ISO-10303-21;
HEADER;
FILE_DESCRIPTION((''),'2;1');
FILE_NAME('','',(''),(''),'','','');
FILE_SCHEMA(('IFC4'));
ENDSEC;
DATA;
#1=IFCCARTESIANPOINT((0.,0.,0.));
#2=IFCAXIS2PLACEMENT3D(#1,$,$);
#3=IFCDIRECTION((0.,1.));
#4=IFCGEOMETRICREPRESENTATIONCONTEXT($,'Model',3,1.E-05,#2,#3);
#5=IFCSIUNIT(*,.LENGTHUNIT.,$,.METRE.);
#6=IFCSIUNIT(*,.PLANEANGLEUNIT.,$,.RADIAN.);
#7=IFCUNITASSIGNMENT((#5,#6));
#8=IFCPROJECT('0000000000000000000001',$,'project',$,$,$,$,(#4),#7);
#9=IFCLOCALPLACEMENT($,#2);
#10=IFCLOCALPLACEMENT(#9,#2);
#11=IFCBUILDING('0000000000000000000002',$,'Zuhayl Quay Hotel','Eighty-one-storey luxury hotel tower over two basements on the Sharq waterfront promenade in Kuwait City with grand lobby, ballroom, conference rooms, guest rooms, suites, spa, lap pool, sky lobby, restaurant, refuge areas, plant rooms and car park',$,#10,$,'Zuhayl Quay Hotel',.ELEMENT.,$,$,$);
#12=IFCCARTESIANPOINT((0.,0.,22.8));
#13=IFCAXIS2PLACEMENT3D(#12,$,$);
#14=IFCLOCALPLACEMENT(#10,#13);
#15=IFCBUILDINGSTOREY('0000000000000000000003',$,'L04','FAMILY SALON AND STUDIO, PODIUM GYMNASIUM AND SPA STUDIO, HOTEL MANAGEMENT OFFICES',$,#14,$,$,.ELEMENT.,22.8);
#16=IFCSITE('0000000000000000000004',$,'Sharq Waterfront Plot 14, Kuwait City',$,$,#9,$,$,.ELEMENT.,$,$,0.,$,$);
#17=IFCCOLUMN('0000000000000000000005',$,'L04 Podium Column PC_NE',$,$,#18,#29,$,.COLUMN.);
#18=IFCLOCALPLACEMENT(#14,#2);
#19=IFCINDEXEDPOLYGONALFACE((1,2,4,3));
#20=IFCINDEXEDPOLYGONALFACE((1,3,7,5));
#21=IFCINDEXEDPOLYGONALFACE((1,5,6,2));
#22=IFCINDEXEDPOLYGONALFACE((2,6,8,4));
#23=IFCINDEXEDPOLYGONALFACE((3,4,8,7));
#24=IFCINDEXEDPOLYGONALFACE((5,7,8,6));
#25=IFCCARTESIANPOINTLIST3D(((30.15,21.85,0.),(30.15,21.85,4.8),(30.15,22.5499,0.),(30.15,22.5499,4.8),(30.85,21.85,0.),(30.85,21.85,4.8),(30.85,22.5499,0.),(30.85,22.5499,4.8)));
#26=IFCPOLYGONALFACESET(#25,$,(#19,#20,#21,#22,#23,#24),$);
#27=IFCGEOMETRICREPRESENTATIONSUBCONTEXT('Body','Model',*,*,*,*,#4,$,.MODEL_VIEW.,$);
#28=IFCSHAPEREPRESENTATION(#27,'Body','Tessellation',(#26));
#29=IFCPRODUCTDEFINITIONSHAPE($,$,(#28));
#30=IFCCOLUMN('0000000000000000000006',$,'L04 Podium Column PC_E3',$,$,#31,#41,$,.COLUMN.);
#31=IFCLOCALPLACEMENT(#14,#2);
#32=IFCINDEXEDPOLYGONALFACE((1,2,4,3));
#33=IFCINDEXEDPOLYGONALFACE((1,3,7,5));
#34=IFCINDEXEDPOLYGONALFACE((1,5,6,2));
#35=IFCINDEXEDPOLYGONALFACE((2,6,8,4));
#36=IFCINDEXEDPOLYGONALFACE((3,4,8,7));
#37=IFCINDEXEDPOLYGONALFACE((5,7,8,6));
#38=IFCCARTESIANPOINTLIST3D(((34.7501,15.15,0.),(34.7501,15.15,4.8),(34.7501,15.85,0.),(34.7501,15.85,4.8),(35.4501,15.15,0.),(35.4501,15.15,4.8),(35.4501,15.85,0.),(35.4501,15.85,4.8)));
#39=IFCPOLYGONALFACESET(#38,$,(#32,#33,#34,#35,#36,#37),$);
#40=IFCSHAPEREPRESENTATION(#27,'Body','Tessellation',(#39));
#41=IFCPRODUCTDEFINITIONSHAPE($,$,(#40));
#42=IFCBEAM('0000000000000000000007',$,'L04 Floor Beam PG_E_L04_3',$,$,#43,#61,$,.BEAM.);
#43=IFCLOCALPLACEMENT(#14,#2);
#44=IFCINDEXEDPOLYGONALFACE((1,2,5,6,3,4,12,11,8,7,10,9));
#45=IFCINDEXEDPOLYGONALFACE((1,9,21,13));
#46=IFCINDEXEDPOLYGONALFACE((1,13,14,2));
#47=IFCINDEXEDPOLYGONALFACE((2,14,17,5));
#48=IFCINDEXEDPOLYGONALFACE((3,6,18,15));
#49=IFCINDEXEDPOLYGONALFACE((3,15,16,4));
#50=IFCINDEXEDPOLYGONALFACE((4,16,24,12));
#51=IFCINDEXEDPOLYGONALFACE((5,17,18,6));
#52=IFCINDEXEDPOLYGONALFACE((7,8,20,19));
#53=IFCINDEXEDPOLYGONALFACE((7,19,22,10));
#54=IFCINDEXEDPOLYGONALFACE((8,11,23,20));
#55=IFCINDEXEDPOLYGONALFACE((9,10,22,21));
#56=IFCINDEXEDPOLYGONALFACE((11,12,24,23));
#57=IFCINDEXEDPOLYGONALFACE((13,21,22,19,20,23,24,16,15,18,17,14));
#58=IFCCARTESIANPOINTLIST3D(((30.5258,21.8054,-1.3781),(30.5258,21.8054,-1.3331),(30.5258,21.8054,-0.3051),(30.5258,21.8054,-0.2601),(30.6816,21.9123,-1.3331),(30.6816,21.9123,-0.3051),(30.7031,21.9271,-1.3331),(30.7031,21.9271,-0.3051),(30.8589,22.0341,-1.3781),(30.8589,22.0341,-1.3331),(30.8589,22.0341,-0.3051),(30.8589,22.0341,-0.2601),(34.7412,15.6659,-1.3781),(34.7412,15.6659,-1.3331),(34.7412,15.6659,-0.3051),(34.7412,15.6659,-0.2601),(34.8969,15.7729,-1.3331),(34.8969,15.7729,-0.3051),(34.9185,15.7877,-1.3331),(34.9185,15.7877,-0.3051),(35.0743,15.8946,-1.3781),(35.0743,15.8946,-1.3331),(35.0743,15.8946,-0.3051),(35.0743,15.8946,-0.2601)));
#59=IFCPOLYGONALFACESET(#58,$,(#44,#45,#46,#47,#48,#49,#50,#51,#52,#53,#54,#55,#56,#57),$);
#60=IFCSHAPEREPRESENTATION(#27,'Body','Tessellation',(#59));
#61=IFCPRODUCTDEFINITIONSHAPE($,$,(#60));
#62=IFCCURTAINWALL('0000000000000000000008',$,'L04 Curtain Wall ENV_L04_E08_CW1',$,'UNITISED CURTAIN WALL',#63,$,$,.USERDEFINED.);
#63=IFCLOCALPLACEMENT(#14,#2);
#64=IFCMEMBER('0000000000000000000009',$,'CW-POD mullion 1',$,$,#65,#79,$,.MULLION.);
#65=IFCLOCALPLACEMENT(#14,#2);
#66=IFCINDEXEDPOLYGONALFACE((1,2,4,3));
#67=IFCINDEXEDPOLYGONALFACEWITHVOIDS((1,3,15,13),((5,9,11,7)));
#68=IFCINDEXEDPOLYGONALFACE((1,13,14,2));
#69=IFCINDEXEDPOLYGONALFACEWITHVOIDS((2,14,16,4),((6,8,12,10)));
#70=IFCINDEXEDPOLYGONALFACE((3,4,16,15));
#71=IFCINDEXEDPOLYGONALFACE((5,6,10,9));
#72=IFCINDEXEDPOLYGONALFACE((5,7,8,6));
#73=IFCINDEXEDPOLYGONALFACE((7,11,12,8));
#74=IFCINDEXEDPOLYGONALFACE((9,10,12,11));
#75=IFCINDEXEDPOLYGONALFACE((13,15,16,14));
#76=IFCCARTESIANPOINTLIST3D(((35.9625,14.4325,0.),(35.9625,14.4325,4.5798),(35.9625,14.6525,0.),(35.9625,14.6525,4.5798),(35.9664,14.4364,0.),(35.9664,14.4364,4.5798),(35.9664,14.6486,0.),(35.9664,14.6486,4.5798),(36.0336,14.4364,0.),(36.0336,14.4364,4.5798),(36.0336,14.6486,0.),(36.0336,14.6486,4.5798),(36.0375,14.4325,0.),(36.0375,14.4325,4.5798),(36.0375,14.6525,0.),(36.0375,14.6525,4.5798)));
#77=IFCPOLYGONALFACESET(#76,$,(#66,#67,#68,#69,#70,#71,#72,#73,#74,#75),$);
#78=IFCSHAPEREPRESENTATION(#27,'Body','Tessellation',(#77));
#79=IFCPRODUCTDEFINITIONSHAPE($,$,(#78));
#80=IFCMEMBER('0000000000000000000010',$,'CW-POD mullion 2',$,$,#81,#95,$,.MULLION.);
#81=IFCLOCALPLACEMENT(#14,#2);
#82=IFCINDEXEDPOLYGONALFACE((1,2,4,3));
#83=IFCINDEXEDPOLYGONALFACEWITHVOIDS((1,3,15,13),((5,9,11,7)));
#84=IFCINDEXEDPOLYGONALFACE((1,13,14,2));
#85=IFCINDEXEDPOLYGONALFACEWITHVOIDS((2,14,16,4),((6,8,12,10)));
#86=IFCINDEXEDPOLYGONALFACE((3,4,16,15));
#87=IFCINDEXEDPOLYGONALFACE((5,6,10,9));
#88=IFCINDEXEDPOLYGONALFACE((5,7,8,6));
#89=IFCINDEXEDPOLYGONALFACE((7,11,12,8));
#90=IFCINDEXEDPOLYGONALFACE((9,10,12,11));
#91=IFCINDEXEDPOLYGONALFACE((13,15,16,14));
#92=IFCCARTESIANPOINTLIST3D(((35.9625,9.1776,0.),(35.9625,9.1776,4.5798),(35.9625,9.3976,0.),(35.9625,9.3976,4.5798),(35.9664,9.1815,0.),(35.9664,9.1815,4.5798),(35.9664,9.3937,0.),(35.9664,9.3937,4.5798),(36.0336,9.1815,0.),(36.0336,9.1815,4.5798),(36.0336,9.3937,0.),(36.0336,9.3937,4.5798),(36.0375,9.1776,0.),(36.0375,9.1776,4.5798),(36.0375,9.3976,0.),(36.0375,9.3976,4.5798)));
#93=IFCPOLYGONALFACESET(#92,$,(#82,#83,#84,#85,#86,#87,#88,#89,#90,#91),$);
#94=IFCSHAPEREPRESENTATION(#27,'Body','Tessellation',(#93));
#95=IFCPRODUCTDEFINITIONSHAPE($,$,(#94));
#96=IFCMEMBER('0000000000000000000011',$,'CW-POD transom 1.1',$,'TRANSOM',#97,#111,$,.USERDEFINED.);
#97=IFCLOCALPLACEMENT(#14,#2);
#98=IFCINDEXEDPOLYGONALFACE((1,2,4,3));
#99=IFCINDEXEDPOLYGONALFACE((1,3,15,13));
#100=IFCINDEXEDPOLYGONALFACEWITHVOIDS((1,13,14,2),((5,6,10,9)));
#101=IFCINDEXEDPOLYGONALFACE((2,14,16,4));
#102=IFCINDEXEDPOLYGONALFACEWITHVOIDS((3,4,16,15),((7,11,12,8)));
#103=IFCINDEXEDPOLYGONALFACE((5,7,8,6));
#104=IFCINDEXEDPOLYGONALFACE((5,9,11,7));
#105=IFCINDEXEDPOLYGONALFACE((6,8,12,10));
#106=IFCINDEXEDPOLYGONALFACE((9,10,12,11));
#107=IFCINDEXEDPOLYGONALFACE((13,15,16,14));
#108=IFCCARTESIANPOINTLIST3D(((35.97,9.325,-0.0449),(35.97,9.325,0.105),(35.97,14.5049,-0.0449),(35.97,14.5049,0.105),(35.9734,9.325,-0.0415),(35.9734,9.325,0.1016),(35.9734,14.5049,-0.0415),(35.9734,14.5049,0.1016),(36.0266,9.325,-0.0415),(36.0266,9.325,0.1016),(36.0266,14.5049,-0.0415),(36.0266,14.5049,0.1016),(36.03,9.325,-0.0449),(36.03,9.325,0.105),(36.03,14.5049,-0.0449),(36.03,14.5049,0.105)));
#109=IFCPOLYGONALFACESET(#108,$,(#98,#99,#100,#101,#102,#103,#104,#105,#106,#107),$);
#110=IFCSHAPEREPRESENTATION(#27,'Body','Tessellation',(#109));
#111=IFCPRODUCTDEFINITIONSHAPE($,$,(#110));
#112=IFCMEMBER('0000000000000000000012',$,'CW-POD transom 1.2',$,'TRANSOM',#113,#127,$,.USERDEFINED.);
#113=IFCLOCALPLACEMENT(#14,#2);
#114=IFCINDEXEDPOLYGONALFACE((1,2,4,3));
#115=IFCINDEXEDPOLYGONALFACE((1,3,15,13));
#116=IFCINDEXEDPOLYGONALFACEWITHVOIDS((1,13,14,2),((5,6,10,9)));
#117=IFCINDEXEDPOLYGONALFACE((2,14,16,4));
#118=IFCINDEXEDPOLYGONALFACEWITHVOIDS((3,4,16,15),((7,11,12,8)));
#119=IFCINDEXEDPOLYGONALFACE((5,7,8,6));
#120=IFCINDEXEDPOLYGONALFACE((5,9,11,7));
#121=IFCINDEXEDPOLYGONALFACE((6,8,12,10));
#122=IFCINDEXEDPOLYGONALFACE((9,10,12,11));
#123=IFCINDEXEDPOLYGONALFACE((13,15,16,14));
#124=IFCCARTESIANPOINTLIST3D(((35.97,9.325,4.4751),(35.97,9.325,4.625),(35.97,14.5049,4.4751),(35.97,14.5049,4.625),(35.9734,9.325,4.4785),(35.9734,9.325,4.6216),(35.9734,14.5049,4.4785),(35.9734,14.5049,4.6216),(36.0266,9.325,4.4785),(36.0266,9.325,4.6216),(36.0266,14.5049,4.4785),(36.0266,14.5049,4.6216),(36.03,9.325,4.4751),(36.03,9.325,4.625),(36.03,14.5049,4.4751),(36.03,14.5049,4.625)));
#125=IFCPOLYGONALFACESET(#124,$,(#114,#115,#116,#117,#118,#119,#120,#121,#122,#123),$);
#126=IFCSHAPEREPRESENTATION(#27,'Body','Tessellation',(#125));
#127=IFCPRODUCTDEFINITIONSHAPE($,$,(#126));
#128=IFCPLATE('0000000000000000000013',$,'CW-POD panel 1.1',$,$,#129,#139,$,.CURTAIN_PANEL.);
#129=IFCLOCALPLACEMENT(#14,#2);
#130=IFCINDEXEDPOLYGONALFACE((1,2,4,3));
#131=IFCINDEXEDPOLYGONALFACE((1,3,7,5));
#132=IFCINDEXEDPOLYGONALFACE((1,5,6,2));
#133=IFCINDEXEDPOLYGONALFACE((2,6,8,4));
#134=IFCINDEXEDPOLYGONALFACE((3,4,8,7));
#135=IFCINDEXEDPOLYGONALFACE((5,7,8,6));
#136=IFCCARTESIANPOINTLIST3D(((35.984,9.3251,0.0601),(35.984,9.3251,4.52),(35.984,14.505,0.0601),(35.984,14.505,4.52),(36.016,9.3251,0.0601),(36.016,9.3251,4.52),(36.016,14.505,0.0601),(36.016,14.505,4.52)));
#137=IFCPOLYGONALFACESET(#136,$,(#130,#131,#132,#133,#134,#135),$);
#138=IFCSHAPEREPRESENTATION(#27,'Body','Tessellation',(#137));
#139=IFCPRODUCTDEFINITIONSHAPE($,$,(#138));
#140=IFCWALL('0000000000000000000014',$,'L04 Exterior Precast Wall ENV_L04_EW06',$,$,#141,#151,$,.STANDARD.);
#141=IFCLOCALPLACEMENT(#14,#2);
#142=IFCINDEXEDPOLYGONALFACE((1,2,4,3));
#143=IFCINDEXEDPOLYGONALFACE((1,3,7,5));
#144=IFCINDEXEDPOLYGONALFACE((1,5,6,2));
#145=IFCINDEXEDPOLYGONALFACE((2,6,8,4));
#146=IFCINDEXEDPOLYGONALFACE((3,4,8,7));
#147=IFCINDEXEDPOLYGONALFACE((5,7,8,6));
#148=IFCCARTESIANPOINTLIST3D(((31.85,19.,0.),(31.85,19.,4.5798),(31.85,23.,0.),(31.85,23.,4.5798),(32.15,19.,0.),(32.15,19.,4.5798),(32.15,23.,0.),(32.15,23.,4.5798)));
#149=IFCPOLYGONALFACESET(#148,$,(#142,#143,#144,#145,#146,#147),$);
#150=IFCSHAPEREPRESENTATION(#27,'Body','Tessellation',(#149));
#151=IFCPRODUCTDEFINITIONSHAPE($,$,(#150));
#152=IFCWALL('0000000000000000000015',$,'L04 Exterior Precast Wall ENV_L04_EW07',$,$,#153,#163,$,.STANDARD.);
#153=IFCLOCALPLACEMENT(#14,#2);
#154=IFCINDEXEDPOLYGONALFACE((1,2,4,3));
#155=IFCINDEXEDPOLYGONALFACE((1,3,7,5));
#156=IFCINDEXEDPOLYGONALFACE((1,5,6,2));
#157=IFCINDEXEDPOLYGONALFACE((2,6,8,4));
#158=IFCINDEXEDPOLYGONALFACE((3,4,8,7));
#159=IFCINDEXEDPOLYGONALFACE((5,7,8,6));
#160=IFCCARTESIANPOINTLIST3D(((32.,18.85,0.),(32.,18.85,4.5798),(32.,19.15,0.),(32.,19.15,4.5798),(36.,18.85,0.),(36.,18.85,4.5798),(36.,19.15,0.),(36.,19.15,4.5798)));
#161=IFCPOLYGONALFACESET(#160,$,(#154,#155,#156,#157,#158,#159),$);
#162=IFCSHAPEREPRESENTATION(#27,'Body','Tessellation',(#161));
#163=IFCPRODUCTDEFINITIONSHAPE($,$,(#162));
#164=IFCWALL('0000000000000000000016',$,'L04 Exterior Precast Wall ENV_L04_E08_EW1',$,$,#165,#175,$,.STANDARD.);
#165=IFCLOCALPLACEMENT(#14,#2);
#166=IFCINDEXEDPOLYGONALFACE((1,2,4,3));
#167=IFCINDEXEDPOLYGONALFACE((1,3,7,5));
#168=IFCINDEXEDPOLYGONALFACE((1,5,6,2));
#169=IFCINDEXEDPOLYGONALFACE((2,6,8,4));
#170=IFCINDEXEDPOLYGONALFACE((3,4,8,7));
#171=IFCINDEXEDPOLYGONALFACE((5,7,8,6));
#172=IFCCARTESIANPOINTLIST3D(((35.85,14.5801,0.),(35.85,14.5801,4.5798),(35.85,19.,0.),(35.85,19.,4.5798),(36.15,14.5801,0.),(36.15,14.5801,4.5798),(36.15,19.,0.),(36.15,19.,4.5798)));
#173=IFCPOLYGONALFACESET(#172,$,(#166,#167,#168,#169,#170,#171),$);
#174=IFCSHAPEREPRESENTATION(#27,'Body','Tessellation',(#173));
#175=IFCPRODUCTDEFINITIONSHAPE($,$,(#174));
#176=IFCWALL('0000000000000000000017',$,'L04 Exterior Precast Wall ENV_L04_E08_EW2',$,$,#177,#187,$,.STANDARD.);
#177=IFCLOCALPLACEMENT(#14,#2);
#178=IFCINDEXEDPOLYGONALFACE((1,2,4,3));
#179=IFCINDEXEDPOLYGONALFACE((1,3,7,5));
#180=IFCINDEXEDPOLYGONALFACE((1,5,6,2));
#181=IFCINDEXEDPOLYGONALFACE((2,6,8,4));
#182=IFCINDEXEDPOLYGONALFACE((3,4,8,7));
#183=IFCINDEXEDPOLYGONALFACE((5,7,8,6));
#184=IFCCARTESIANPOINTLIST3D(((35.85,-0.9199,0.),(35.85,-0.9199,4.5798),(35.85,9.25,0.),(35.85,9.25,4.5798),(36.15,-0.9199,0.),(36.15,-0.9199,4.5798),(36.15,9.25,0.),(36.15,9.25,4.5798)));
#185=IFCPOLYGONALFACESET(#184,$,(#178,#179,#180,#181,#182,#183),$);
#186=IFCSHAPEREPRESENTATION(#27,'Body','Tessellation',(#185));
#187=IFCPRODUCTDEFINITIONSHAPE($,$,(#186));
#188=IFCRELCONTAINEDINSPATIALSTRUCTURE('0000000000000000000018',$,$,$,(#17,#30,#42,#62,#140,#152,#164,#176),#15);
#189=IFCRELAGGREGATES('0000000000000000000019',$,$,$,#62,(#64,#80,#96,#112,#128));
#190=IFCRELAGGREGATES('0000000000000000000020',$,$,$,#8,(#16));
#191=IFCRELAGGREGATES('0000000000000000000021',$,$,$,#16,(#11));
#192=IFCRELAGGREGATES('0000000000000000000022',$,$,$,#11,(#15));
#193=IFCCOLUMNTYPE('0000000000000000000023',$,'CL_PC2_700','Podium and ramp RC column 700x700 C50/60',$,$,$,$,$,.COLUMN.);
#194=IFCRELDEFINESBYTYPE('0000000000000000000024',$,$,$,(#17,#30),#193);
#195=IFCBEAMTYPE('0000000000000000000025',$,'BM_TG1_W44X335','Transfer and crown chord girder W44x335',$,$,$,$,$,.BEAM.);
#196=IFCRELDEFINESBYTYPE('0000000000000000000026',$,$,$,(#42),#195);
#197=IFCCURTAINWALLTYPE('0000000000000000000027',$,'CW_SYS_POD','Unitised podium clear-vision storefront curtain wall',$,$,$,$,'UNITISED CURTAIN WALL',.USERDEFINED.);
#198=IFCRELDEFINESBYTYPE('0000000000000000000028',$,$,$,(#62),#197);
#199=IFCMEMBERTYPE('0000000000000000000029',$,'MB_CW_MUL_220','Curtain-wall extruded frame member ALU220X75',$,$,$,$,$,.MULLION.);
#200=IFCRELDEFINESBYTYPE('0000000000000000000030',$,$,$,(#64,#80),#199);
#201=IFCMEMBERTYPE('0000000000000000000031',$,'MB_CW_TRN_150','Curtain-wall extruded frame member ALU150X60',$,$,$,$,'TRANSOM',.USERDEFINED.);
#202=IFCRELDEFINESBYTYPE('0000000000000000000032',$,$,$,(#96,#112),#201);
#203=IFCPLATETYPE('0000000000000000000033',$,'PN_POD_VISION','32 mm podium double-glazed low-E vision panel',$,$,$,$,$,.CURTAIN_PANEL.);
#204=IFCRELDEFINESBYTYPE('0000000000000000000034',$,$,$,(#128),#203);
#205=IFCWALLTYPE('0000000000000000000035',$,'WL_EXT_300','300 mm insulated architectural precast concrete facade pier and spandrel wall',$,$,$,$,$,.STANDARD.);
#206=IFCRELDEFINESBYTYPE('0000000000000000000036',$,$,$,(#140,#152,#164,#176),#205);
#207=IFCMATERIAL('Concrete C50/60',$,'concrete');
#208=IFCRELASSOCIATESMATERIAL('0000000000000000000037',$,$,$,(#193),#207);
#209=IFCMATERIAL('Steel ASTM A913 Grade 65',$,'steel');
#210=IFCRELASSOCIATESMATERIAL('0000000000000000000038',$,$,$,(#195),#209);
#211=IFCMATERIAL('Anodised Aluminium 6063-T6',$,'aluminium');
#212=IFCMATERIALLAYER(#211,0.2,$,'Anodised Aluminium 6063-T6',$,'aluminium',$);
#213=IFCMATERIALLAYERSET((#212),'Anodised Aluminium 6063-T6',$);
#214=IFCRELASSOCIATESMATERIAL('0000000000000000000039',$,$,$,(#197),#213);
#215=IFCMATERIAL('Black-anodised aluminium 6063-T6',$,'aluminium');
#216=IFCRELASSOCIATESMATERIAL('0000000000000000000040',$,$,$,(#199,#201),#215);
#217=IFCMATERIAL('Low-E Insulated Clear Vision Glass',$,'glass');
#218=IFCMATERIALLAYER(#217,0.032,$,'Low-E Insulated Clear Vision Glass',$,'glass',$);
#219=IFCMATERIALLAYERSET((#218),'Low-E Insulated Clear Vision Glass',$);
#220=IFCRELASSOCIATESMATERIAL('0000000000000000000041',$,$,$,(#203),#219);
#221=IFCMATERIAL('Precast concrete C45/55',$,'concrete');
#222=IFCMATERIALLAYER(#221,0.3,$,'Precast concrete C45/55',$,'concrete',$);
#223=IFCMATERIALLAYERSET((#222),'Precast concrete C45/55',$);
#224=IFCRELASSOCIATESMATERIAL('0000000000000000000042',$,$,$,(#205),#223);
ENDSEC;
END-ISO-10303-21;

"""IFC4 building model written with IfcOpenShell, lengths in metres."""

from ifc_helpers import new_model, si_unit, direction, frame, frame_2d, origin, origin_2d, place, context, subcontext, project, spatial, rectangle, hollow_rectangle, i_section, extrude, material, layer, layer_set, material_profile, profile_set, type_object, element, aggregate, save


model = new_model("IFC4")

# Units and contexts
model_context = context("Model", 3, precision=1e-05, world=origin(), true_north=direction((0.0, 1.0)))
body_context = subcontext(model_context, "Body", "Model", "MODEL_VIEW")
ifc_project = project(units=[si_unit("LENGTHUNIT", "METRE"), si_unit("PLANEANGLEUNIT", "RADIAN")], contexts=[model_context])

# Site, building, storey
site_placement = place(None, origin())
site = spatial("IfcSite", under=ifc_project, at=site_placement, Name="Sharq Waterfront Plot 14, Kuwait City", CompositionType="ELEMENT", RefElevation=0.0)
building_placement = place(site_placement, origin())
building = spatial("IfcBuilding", under=site, at=building_placement, Name="Zuhayl Quay Hotel", Description="Eighty-one-storey luxury hotel tower over two basements on the Sharq waterfront promenade in Kuwait City with grand lobby, ballroom, conference rooms, guest rooms, suites, spa, lap pool, sky lobby, restaurant, refuge areas, plant rooms and car park", LongName="Zuhayl Quay Hotel", CompositionType="ELEMENT")
storey_placement = place(building_placement, frame((0.0, 0.0, 22.8)))
storey = spatial("IfcBuildingStorey", under=building, at=storey_placement, Name="L04", Description="FAMILY SALON AND STUDIO, PODIUM GYMNASIUM AND SPA STUDIO, HOTEL MANAGEMENT OFFICES", CompositionType="ELEMENT", Elevation=22.8)

# Columns
ifc_material_1 = material(Name="Concrete C50/60", Category="concrete")
ifc_material_profile_1 = material_profile(ifc_material_1, rectangle(XDim=0.7, YDim=0.7, at=origin_2d()), Name="RC700X700")
ifc_profile_set_1 = profile_set([ifc_material_profile_1], Name="Concrete C50/60")
column_type = type_object("IfcColumnType", Name="CL_PC2_700", Description="Podium and ramp RC column 700x700 C50/60", PredefinedType="COLUMN", material=ifc_profile_set_1)
for number, where, z_axis, x_axis, name in (
    (1, (30.5, 22.2, 0.0), (0.0, 0.0, 1.0), (1.0, 0.0, 0.0), "L04 Podium Column PC_NE"),
    (2, (35.1001, 15.5, 0.0), (0.0, 0.0, 1.0), (1.0, 0.0, 0.0), "L04 Podium Column PC_E3"),
):
    element("IfcColumn", number, at=place(storey_placement, frame(where, z_axis=z_axis, x_axis=x_axis)), inside=storey, type_object=column_type, Name=name, PredefinedType="COLUMN", context=body_context, shape_type="SweptSolid", body=[
        extrude(rectangle(XDim=0.7, YDim=0.7, at=origin_2d()), origin(), (0.0, 0.0, 1.0), 4.8),
    ])

# Beam
ifc_material_2 = material(Name="Steel ASTM A913 Grade 65", Category="steel")
ifc_material_profile_2 = material_profile(ifc_material_2, i_section(OverallWidth=0.4041, OverallDepth=1.1179, WebThickness=0.0261, FlangeThickness=0.0449, at=origin_2d()), Name="W44X335")
ifc_profile_set_2 = profile_set([ifc_material_profile_2], Name="Steel ASTM A913 Grade 65")
beam_type = type_object("IfcBeamType", Name="BM_TG1_W44X335", Description="Transfer and crown chord girder W44x335", PredefinedType="BEAM", material=ifc_profile_set_2)
beam_placement = place(storey_placement, frame((34.9077, 15.7803, -0.8191), z_axis=(-0.566026, 0.824387, 0.0), x_axis=(-0.824387, -0.566026, 0.0)))
element("IfcBeam", 3, at=beam_placement, inside=storey, type_object=beam_type, Name="L04 Floor Beam PG_E_L04_3", PredefinedType="BEAM", context=body_context, shape_type="SweptSolid", body=[
    extrude(i_section(OverallWidth=0.4041, OverallDepth=1.1179, WebThickness=0.0261, FlangeThickness=0.0449, at=origin_2d()), origin(), (0.0, 0.0, 1.0), 7.4473),
])

# Curtain wall, members, plate
ifc_material_3 = material(Name="Anodised Aluminium 6063-T6", Category="aluminium")
ifc_layer_1 = layer(ifc_material_3, 0.2, Name="Anodised Aluminium 6063-T6", Category="aluminium")
ifc_layer_set_1 = layer_set([ifc_layer_1], Name="Anodised Aluminium 6063-T6")
curtain_wall_type = type_object("IfcCurtainWallType", Name="CW_SYS_POD", Description="Unitised podium clear-vision storefront curtain wall", ElementType="UNITISED CURTAIN WALL", PredefinedType="USERDEFINED", material=ifc_layer_set_1)
curtain_wall_placement = place(storey_placement, origin())
curtain_wall = element("IfcCurtainWall", 4, at=curtain_wall_placement, inside=storey, type_object=curtain_wall_type, Name="L04 Curtain Wall ENV_L04_E08_CW1", ObjectType="UNITISED CURTAIN WALL", PredefinedType="USERDEFINED")
ifc_material_4 = material(Name="Black-anodised aluminium 6063-T6", Category="aluminium")
ifc_material_profile_3 = material_profile(ifc_material_4, hollow_rectangle(XDim=0.075, YDim=0.22, WallThickness=0.0039, at=origin_2d()), Name="ALU220X75")
ifc_profile_set_3 = profile_set([ifc_material_profile_3], Name="Black-anodised aluminium 6063-T6")
member_type_1 = type_object("IfcMemberType", Name="MB_CW_MUL_220", Description="Curtain-wall extruded frame member ALU220X75", PredefinedType="MULLION", material=ifc_profile_set_3)
member_1_placement = place(storey_placement, frame((36.0, 14.5425, 0.0), z_axis=(0.0, 0.0, 1.0), x_axis=(1.0, 0.0, 0.0)))
member_1 = element("IfcMember", 5, at=member_1_placement, type_object=member_type_1, Name="CW-POD mullion 1", PredefinedType="MULLION", context=body_context, shape_type="SweptSolid", body=[
    extrude(hollow_rectangle(XDim=0.075, YDim=0.22, WallThickness=0.0039, at=origin_2d()), origin(), (0.0, 0.0, 1.0), 4.5798),
])
member_2_placement = place(storey_placement, frame((36.0, 9.2876, 0.0), z_axis=(0.0, 0.0, 1.0), x_axis=(1.0, 0.0, 0.0)))
member_2 = element("IfcMember", 6, at=member_2_placement, type_object=member_type_1, Name="CW-POD mullion 2", PredefinedType="MULLION", context=body_context, shape_type="SweptSolid", body=[
    extrude(hollow_rectangle(XDim=0.075, YDim=0.22, WallThickness=0.0039, at=origin_2d()), origin(), (0.0, 0.0, 1.0), 4.5798),
])
ifc_material_profile_4 = material_profile(ifc_material_4, hollow_rectangle(XDim=0.0601, YDim=0.1499, WallThickness=0.0034, at=origin_2d()), Name="ALU150X60")
ifc_profile_set_4 = profile_set([ifc_material_profile_4], Name="Black-anodised aluminium 6063-T6")
member_type_2 = type_object("IfcMemberType", Name="MB_CW_TRN_150", Description="Curtain-wall extruded frame member ALU150X60", ElementType="TRANSOM", PredefinedType="USERDEFINED", material=ifc_profile_set_4)
member_3_placement = place(storey_placement, frame((36.0, 14.5049, 0.03), z_axis=(0.0, -1.0, 0.0), x_axis=(1.0, 0.0, 0.0)))
member_3 = element("IfcMember", 7, at=member_3_placement, type_object=member_type_2, Name="CW-POD transom 1.1", ObjectType="TRANSOM", PredefinedType="USERDEFINED", context=body_context, shape_type="SweptSolid", body=[
    extrude(hollow_rectangle(XDim=0.0601, YDim=0.1499, WallThickness=0.0034, at=origin_2d()), origin(), (0.0, 0.0, 1.0), 5.1799),
])
member_4_placement = place(storey_placement, frame((36.0, 14.5049, 4.55), z_axis=(0.0, -1.0, 0.0), x_axis=(1.0, 0.0, 0.0)))
member_4 = element("IfcMember", 8, at=member_4_placement, type_object=member_type_2, Name="CW-POD transom 1.2", ObjectType="TRANSOM", PredefinedType="USERDEFINED", context=body_context, shape_type="SweptSolid", body=[
    extrude(hollow_rectangle(XDim=0.0601, YDim=0.1499, WallThickness=0.0034, at=origin_2d()), origin(), (0.0, 0.0, 1.0), 5.1799),
])
ifc_material_5 = material(Name="Low-E Insulated Clear Vision Glass", Category="glass")
ifc_layer_2 = layer(ifc_material_5, 0.032, Name="Low-E Insulated Clear Vision Glass", Category="glass")
ifc_layer_set_2 = layer_set([ifc_layer_2], Name="Low-E Insulated Clear Vision Glass")
plate_type = type_object("IfcPlateType", Name="PN_POD_VISION", Description="32 mm podium double-glazed low-E vision panel", PredefinedType="CURTAIN_PANEL", material=ifc_layer_set_2)
plate_placement = place(storey_placement, frame((36.0, 11.915, 0.0601), z_axis=(0.0, 0.0, 1.0), x_axis=(0.0, -1.0, 0.0)))
plate = element("IfcPlate", 9, at=plate_placement, type_object=plate_type, Name="CW-POD panel 1.1", PredefinedType="CURTAIN_PANEL", context=body_context, shape_type="SweptSolid", body=[
    extrude(rectangle(XDim=5.1799, YDim=0.032, at=origin_2d()), origin(), (0.0, 0.0, 1.0), 4.46),
])
aggregate(curtain_wall, [member_1, member_2, member_3, member_4, plate])

# Walls
ifc_material_6 = material(Name="Precast concrete C45/55", Category="concrete")
ifc_layer_3 = layer(ifc_material_6, 0.3, Name="Precast concrete C45/55", Category="concrete")
ifc_layer_set_3 = layer_set([ifc_layer_3], Name="Precast concrete C45/55")
wall_type_1 = type_object("IfcWallType", Name="WL_EXT_300", Description="300 mm insulated architectural precast concrete facade pier and spandrel wall", PredefinedType="STANDARD", material=ifc_layer_set_3)
for number, where, z_axis, x_axis, name in (
    (10, (32.0, 23.0, 0.0), (0.0, 0.0, 1.0), (0.0, -1.0, 0.0), "L04 Exterior Precast Wall ENV_L04_EW06"),
    (11, (32.0, 19.0, 0.0), (0.0, 0.0, 1.0), (1.0, 0.0, 0.0), "L04 Exterior Precast Wall ENV_L04_EW07"),
):
    element("IfcWall", number, at=place(storey_placement, frame(where, z_axis=z_axis, x_axis=x_axis)), inside=storey, type_object=wall_type_1, Name=name, PredefinedType="STANDARD", context=body_context, shape_type="SweptSolid", body=[
        extrude(rectangle(XDim=4.0, YDim=0.3, at=frame_2d((2.0, 0.0))), origin(), (0.0, 0.0, 1.0), 4.5798),
    ])
wall_1_placement = place(storey_placement, frame((36.0, 19.0, 0.0), z_axis=(0.0, 0.0, 1.0), x_axis=(0.0, -1.0, 0.0)))
element("IfcWall", 12, at=wall_1_placement, inside=storey, type_object=wall_type_1, Name="L04 Exterior Precast Wall ENV_L04_E08_EW1", PredefinedType="STANDARD", context=body_context, shape_type="SweptSolid", body=[
    extrude(rectangle(XDim=4.4199, YDim=0.3, at=frame_2d((2.21, 0.0))), origin(), (0.0, 0.0, 1.0), 4.5798),
])
wall_2_placement = place(storey_placement, frame((36.0, 9.25, 0.0), z_axis=(0.0, 0.0, 1.0), x_axis=(0.0, -1.0, 0.0)))
element("IfcWall", 13, at=wall_2_placement, inside=storey, type_object=wall_type_1, Name="L04 Exterior Precast Wall ENV_L04_E08_EW2", PredefinedType="STANDARD", context=body_context, shape_type="SweptSolid", body=[
    extrude(rectangle(XDim=10.1699, YDim=0.3, at=frame_2d((5.085, 0.0))), origin(), (0.0, 0.0, 1.0), 4.5798),
])

save(model, "model.ifc")
